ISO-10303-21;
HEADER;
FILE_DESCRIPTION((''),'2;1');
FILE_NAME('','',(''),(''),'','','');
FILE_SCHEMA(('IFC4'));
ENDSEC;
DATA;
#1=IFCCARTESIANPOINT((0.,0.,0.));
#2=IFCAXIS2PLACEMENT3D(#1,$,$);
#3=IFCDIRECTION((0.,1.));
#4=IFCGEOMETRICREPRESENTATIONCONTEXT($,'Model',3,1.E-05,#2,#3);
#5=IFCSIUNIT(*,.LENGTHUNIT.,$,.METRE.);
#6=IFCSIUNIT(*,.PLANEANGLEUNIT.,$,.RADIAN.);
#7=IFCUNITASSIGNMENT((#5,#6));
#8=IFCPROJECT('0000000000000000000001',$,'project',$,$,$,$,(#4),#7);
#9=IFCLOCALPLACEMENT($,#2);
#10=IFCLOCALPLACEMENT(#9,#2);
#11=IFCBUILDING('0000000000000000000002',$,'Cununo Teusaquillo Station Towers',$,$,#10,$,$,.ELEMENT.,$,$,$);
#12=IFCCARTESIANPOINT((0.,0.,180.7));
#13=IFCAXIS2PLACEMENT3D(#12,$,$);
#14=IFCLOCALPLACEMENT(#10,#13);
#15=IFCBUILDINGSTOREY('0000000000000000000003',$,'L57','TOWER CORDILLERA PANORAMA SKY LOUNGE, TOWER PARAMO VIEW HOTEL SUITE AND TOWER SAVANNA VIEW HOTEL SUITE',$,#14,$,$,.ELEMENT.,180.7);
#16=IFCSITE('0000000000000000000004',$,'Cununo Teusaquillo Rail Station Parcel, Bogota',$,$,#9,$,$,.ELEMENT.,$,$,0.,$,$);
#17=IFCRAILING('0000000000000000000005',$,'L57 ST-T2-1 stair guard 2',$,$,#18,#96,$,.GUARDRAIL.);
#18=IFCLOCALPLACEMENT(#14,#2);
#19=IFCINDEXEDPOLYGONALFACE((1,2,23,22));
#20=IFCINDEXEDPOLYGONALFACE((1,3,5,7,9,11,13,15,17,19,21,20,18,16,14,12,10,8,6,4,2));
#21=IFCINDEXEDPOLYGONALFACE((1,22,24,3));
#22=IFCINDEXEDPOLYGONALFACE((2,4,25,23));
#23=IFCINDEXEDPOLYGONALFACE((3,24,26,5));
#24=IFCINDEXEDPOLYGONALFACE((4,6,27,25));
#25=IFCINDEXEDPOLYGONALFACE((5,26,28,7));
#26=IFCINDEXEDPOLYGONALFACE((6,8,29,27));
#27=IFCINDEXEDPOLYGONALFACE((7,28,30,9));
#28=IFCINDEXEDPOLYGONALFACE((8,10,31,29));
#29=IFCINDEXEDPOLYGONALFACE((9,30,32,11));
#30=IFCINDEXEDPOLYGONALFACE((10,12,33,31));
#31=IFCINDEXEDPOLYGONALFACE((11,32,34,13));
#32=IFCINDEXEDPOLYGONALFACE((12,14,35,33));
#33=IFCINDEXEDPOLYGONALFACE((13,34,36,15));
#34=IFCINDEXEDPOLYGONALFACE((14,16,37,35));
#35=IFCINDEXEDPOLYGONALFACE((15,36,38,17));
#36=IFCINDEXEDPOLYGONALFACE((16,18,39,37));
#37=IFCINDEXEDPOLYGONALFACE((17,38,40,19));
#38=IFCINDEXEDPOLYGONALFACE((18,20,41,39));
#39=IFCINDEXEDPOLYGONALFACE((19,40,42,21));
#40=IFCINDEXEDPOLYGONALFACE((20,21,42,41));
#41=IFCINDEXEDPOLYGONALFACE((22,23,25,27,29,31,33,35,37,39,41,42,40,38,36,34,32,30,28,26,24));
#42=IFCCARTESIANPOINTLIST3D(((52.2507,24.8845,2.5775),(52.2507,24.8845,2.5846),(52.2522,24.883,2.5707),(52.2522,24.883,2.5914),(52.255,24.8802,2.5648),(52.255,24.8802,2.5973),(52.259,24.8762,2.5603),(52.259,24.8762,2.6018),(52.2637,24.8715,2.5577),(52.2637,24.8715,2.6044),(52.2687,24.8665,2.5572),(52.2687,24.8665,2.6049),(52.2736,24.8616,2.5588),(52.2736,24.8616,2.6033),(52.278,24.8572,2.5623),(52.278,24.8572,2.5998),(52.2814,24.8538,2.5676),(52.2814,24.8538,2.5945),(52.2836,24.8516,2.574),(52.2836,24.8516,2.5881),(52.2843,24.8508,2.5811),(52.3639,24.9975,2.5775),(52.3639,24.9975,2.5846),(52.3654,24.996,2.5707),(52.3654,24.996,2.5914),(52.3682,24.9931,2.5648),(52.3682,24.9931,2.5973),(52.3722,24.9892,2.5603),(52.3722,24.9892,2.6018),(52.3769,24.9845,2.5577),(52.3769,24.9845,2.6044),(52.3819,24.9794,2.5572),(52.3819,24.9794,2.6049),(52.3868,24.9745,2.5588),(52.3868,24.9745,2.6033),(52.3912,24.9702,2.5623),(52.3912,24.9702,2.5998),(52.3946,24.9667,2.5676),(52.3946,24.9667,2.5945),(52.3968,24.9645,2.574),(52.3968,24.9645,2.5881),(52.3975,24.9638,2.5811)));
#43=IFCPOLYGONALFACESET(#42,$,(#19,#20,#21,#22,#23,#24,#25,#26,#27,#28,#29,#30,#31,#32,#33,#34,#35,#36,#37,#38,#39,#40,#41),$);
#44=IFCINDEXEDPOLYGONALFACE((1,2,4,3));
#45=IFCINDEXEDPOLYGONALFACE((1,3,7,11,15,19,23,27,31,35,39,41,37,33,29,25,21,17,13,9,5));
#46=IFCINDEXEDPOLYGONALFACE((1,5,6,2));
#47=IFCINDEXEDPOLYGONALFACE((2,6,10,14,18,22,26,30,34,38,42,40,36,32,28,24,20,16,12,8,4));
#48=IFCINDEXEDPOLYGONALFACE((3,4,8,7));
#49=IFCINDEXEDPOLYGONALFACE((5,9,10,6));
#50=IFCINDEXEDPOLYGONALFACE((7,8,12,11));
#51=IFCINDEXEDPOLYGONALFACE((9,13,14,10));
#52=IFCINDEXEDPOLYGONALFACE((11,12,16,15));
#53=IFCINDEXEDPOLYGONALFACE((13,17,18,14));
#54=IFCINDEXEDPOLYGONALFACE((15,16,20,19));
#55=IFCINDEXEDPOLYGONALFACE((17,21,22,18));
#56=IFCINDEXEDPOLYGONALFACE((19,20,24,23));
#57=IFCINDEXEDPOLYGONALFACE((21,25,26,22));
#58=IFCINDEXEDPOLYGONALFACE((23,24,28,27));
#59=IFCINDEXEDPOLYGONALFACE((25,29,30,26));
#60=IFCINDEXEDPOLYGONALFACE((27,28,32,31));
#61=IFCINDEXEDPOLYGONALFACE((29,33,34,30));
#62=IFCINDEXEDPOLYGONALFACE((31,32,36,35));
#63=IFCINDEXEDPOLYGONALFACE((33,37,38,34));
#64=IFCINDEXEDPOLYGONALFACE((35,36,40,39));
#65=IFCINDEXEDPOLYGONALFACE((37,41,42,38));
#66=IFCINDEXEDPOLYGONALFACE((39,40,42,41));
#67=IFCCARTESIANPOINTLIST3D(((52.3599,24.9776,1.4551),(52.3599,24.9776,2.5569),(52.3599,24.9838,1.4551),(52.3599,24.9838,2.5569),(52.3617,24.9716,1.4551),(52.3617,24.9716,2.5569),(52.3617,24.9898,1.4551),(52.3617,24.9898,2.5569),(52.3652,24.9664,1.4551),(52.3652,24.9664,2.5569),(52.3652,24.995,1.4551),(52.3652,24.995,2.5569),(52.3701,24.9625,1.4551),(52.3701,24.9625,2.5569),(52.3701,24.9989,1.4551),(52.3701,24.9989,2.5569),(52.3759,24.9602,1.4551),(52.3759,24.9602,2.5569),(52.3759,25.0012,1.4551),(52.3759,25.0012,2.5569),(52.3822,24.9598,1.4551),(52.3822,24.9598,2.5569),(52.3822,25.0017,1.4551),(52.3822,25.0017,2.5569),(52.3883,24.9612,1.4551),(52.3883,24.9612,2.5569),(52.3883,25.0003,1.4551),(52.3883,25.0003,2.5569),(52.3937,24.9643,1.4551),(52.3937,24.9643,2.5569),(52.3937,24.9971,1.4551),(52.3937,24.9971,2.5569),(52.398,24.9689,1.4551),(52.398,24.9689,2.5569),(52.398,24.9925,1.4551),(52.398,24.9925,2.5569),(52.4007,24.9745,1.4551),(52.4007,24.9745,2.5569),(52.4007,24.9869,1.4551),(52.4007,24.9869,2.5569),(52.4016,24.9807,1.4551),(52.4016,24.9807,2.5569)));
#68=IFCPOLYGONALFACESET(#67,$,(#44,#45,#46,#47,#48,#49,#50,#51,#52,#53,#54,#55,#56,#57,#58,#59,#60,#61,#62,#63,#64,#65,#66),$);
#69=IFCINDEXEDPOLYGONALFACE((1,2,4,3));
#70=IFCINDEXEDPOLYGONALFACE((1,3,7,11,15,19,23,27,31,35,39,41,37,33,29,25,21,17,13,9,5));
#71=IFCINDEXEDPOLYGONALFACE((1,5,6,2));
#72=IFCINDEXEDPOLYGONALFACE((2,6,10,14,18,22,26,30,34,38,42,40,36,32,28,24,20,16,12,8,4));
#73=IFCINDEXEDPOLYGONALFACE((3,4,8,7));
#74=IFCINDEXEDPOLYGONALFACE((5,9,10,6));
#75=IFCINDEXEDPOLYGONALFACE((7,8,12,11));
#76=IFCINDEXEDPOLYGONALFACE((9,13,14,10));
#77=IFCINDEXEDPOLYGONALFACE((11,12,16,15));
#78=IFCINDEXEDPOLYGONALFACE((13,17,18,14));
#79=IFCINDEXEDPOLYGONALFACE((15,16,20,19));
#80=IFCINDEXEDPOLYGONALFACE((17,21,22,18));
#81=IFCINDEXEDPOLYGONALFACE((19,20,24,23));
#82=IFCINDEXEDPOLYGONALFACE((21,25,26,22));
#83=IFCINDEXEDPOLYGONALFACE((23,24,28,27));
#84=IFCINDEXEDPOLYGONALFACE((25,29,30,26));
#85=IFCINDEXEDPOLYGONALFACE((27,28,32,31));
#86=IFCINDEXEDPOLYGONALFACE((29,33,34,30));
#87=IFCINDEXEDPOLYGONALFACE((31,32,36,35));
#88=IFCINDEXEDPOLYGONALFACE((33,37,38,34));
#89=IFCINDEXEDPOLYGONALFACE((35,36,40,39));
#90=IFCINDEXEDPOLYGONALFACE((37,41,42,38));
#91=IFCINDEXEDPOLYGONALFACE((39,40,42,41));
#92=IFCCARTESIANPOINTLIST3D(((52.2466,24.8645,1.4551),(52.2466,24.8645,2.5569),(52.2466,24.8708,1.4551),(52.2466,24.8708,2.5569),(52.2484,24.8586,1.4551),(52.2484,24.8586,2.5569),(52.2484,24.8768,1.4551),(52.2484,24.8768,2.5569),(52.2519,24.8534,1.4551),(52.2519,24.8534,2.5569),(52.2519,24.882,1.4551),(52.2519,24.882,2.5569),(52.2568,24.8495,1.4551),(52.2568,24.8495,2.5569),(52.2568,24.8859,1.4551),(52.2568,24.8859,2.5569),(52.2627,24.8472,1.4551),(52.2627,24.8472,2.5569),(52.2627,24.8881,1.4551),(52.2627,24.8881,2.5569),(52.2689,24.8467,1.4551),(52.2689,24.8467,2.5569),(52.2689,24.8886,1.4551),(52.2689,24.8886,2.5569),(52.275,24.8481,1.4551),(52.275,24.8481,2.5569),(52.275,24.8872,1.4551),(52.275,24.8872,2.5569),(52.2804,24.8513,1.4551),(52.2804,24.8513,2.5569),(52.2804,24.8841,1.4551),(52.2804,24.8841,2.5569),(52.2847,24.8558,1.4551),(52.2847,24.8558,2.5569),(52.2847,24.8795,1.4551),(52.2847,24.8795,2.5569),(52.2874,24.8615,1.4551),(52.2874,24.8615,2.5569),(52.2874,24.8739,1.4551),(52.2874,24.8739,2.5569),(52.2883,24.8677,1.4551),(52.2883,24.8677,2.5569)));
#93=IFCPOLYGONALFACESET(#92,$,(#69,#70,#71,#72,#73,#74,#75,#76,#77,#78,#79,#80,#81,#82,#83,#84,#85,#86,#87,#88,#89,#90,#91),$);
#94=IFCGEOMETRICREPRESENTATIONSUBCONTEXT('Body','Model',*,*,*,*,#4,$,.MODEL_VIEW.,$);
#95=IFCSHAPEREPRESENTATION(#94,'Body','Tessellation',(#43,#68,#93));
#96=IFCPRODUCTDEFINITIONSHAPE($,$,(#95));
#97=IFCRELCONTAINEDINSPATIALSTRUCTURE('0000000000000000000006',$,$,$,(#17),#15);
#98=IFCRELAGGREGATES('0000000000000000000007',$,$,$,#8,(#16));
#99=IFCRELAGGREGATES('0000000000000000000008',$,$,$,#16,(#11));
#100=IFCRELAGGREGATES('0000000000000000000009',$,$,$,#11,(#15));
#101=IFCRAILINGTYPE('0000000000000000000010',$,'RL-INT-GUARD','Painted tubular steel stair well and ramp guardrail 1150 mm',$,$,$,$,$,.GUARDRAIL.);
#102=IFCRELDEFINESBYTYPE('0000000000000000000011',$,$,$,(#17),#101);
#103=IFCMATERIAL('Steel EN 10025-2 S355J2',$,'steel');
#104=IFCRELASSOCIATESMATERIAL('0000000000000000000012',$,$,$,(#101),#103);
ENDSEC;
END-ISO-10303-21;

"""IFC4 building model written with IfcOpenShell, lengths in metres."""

from ifc_helpers import new_model, si_unit, direction, frame, origin, origin_2d, place, context, subcontext, project, spatial, circle, extrude, material, type_object, element, save


model = new_model("IFC4")

# Units and contexts
model_context = context("Model", 3, precision=1e-05, world=origin(), true_north=direction((0.0, 1.0)))
body_context = subcontext(model_context, "Body", "Model", "MODEL_VIEW")
ifc_project = project(units=[si_unit("LENGTHUNIT", "METRE"), si_unit("PLANEANGLEUNIT", "RADIAN")], contexts=[model_context])

# Site, building, storey
site_placement = place(None, origin())
site = spatial("IfcSite", under=ifc_project, at=site_placement, Name="Cununo Teusaquillo Rail Station Parcel, Bogota", CompositionType="ELEMENT", RefElevation=0.0)
building_placement = place(site_placement, origin())
building = spatial("IfcBuilding", under=site, at=building_placement, Name="Cununo Teusaquillo Station Towers", CompositionType="ELEMENT")
storey_placement = place(building_placement, frame((0.0, 0.0, 180.7)))
storey = spatial("IfcBuildingStorey", under=building, at=storey_placement, Name="L57", Description="TOWER CORDILLERA PANORAMA SKY LOUNGE, TOWER PARAMO VIEW HOTEL SUITE AND TOWER SAVANNA VIEW HOTEL SUITE", CompositionType="ELEMENT", Elevation=180.7)

# Railing
ifc_material_1 = material(Name="Steel EN 10025-2 S355J2", Category="steel")
railing_type_1 = type_object("IfcRailingType", Name="RL-INT-GUARD", Description="Painted tubular steel stair well and ramp guardrail 1150 mm", PredefinedType="GUARDRAIL", material=ifc_material_1)
railing_1_placement = place(storey_placement, frame((52.3806, 24.9807, 1.4551)))
element("IfcRailing", 1, at=railing_1_placement, inside=storey, type_object=railing_type_1, Name="L57 ST-T2-1 stair guard 2", PredefinedType="GUARDRAIL", context=body_context, shape_type="SweptSolid", body=[
    extrude(circle(Radius=0.0239, at=origin_2d()), frame((0.0, 0.0, 1.126), z_axis=(-0.707869, -0.706344, 0.0), x_axis=(0.706344, -0.707869, 0.0)), (0.0, 0.0, 1.0), 0.1599),
    extrude(circle(Radius=0.021, at=origin_2d()), origin(), (0.0, 0.0, 1.0), 1.1018),
    extrude(circle(Radius=0.021, at=origin_2d()), frame((-0.1133, -0.113, 0.0)), (0.0, 0.0, 1.0), 1.1018),
])

save(model, "model.ifc")
